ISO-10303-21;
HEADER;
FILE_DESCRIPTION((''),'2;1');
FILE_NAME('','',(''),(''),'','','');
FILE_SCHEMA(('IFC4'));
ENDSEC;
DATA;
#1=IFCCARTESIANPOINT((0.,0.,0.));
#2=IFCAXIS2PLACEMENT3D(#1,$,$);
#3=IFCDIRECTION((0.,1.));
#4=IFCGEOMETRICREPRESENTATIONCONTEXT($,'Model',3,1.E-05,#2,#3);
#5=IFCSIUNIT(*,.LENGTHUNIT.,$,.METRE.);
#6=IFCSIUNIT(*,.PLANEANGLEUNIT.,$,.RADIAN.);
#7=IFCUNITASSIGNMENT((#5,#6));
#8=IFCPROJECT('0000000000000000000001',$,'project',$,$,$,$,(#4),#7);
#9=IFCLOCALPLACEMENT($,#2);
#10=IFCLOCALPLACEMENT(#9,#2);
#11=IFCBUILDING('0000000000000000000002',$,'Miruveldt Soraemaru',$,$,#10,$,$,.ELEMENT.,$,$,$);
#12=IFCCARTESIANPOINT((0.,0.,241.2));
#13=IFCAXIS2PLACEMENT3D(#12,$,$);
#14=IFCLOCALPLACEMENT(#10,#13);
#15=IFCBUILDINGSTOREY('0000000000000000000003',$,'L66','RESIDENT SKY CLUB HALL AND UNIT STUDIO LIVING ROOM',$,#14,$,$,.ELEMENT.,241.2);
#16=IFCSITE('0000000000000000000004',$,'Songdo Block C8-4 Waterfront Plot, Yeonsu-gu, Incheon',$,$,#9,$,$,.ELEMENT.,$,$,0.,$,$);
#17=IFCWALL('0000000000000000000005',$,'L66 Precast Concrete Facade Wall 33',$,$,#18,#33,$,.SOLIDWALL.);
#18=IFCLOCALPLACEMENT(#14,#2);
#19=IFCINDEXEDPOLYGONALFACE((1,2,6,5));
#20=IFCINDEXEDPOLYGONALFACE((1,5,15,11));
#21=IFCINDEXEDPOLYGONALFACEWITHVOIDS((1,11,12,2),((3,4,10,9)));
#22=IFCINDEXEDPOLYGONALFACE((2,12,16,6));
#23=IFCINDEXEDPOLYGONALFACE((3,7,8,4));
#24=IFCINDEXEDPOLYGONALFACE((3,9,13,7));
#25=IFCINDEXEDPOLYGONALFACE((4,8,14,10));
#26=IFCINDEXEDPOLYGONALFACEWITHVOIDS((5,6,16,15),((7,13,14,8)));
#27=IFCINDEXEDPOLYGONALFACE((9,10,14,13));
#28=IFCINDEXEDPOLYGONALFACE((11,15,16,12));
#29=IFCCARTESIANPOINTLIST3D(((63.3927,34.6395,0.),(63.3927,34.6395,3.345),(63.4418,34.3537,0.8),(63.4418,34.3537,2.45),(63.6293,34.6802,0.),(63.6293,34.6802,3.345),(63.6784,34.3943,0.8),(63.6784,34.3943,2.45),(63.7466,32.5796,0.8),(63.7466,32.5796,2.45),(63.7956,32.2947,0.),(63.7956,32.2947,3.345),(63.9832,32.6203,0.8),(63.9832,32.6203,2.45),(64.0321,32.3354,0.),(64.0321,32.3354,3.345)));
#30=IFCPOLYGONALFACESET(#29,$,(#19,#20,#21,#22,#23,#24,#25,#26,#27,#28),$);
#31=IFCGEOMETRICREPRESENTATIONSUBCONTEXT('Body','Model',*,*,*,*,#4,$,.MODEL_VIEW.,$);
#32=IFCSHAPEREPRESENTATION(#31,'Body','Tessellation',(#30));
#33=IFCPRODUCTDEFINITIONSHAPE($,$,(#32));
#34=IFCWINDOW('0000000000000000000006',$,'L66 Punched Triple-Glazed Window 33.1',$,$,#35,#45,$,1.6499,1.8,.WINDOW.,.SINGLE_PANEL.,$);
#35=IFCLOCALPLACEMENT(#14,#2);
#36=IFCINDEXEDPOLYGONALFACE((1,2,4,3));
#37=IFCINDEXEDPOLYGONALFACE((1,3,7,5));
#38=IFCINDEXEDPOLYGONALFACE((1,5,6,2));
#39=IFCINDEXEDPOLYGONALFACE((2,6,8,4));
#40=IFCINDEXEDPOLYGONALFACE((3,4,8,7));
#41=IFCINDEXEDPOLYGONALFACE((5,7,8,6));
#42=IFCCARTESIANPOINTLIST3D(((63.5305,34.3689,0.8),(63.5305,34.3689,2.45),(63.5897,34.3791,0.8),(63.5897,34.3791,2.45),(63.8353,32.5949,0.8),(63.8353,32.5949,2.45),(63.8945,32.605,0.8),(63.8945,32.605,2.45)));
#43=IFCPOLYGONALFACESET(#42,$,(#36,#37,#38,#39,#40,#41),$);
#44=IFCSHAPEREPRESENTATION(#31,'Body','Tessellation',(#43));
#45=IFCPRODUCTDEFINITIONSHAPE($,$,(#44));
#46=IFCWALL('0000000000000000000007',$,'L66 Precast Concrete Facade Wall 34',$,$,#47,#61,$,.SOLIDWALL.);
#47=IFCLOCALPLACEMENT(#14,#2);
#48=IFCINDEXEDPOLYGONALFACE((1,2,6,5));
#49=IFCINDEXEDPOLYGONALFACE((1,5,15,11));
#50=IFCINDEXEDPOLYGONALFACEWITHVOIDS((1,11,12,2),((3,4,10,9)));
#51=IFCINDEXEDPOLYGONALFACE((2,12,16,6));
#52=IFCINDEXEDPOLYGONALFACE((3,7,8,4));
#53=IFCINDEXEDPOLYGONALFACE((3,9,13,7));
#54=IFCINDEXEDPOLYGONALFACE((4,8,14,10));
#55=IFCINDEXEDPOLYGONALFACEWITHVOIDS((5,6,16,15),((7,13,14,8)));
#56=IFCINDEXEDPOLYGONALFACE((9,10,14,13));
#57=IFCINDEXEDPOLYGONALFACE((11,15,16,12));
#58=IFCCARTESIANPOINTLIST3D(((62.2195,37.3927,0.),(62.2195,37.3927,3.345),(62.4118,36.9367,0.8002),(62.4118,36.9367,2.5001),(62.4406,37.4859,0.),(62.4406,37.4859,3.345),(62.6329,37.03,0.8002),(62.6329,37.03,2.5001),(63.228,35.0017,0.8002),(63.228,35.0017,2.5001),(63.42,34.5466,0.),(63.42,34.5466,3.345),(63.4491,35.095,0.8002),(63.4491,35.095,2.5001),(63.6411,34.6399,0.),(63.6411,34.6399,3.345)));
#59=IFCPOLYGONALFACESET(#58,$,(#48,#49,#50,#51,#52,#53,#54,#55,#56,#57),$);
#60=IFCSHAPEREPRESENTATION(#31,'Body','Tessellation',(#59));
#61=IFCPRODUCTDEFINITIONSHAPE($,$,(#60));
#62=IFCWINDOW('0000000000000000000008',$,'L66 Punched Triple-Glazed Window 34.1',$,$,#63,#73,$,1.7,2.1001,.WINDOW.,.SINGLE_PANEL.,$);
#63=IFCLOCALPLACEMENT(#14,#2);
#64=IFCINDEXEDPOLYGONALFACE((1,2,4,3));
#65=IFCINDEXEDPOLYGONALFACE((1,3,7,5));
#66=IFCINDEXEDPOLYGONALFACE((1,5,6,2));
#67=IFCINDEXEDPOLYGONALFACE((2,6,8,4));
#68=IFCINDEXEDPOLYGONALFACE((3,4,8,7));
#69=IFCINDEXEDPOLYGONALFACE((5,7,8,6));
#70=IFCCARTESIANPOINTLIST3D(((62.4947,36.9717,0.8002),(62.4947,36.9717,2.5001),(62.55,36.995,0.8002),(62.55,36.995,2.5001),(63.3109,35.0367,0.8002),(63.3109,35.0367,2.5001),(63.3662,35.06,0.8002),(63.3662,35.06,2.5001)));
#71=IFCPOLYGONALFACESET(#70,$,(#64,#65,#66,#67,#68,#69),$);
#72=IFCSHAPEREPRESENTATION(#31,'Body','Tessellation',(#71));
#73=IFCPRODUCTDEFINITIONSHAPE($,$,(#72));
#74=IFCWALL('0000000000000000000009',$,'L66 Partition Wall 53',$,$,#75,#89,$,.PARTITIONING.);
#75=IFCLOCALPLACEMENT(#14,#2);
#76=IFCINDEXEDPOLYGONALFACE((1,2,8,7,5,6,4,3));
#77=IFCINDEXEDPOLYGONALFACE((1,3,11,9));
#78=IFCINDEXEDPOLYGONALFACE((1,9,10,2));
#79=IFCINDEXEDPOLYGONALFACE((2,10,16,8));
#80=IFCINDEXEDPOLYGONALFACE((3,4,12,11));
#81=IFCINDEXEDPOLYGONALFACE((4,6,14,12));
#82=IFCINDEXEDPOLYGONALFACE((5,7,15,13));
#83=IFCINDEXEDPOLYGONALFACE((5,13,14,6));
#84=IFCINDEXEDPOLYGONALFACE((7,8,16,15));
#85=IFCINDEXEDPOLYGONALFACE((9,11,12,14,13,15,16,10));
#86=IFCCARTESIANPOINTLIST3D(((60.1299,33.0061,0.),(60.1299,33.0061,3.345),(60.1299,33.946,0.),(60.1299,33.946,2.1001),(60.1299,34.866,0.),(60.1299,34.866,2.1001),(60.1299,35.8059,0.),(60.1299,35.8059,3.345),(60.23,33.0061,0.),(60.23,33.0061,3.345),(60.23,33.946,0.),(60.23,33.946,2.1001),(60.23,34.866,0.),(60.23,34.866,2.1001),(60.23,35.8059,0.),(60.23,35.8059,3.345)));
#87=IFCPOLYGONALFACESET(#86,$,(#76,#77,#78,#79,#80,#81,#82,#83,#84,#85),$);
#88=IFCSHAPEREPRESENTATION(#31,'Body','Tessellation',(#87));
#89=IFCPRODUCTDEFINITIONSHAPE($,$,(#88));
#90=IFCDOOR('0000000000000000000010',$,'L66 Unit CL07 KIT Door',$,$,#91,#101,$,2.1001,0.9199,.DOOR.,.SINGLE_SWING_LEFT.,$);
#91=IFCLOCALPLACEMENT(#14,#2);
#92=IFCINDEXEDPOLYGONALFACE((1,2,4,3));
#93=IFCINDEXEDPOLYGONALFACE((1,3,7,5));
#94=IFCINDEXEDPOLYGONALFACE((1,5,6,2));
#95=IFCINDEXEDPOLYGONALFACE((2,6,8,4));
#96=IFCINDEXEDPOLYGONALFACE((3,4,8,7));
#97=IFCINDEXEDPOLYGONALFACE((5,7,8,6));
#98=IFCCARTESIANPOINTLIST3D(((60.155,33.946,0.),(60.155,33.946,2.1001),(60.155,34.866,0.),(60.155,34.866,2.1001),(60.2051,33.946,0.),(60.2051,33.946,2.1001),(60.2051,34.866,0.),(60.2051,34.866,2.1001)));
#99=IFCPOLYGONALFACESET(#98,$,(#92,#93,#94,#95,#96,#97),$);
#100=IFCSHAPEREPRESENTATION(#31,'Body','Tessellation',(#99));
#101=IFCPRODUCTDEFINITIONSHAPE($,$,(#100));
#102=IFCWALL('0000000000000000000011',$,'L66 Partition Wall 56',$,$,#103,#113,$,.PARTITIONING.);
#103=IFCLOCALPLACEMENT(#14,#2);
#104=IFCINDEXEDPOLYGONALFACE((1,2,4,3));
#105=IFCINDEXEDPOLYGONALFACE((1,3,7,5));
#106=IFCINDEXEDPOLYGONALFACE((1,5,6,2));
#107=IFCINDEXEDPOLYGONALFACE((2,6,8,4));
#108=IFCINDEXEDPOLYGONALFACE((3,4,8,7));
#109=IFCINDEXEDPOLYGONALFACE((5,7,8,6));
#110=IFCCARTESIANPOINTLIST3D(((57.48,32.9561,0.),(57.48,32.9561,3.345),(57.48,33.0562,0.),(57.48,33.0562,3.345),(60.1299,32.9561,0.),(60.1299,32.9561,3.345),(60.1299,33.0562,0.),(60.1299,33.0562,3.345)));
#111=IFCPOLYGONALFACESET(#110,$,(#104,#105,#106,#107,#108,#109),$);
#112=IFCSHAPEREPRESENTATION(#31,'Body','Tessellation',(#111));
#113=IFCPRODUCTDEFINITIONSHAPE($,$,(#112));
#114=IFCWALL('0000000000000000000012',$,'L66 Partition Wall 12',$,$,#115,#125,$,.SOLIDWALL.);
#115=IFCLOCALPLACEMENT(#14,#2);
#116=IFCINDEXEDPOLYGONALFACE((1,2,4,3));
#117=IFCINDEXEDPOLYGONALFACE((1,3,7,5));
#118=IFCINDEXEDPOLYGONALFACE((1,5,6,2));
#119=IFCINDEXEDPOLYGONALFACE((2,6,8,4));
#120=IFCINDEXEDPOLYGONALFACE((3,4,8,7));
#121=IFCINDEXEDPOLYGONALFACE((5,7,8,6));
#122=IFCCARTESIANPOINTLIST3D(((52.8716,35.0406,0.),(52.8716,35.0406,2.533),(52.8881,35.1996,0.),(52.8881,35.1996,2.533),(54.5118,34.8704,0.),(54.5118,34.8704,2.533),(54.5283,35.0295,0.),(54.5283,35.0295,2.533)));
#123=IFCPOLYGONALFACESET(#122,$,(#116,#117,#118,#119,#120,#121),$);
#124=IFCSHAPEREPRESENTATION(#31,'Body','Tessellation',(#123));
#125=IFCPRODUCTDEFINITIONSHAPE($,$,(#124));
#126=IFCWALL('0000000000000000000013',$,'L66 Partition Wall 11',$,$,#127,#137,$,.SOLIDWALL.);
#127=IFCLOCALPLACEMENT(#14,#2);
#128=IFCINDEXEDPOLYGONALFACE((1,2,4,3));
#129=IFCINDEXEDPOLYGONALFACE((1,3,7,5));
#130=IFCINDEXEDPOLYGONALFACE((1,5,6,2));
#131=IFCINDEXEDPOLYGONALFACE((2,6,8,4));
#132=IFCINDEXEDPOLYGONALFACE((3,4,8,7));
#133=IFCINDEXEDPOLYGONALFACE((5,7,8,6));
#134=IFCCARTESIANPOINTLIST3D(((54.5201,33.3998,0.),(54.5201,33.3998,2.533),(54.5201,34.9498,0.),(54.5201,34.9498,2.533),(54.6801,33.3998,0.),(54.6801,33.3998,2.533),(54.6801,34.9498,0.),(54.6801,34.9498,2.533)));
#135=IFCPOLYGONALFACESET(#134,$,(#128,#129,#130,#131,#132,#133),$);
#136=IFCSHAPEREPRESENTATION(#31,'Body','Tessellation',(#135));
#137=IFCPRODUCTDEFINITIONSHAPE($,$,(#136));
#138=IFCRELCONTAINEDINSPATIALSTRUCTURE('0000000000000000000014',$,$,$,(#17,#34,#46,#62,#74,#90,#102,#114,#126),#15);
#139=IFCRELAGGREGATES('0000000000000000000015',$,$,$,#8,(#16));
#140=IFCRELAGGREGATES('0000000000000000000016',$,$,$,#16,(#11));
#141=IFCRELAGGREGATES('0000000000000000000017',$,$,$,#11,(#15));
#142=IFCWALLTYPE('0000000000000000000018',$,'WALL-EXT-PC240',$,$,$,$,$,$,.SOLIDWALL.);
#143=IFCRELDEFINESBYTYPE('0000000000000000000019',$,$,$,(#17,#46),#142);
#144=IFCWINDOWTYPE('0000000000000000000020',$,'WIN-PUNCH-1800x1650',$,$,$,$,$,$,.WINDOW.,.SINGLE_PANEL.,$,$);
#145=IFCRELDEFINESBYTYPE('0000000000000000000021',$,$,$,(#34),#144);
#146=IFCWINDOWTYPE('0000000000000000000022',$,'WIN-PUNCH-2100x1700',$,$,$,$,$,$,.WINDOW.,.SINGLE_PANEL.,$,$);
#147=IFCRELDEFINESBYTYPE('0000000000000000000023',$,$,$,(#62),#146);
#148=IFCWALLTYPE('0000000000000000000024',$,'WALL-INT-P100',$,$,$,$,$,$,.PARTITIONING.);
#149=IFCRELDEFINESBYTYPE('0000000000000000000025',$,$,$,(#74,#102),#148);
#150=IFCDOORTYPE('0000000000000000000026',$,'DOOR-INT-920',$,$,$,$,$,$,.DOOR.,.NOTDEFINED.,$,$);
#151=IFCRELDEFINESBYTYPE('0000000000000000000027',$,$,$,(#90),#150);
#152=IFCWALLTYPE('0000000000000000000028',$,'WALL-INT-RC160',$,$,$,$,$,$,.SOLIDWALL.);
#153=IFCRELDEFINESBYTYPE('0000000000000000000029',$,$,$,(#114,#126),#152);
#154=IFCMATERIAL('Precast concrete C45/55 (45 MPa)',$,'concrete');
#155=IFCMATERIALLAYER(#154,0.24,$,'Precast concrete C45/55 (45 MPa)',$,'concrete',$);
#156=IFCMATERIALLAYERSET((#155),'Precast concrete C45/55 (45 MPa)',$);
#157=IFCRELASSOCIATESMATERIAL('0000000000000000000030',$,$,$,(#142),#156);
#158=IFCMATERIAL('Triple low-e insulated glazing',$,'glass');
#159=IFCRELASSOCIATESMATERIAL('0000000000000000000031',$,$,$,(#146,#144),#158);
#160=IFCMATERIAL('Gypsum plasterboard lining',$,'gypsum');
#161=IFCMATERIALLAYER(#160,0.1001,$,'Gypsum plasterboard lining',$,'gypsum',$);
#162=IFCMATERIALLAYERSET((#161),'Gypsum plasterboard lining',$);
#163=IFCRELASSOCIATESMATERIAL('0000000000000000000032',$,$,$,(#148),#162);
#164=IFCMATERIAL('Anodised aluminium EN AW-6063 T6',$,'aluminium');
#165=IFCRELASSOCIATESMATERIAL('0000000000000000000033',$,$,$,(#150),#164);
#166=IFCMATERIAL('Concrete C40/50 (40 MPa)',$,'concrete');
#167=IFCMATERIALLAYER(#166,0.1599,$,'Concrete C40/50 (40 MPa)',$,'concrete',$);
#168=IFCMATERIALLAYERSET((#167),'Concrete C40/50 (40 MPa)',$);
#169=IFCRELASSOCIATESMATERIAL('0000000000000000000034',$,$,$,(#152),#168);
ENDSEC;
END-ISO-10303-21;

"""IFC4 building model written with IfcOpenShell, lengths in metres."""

from ifc_helpers import new_model, si_unit, direction, frame, frame_2d, origin, place, context, subcontext, project, spatial, rectangle, extrude, material, layer, layer_set, type_object, element, fill, save


model = new_model("IFC4")

# Units and contexts
model_context = context("Model", 3, precision=1e-05, world=origin(), true_north=direction((0.0, 1.0)))
body_context = subcontext(model_context, "Body", "Model", "MODEL_VIEW")
ifc_project = project(units=[si_unit("LENGTHUNIT", "METRE"), si_unit("PLANEANGLEUNIT", "RADIAN")], contexts=[model_context])

# Site, building, storey
site_placement = place(None, origin())
site = spatial("IfcSite", under=ifc_project, at=site_placement, Name="Songdo Block C8-4 Waterfront Plot, Yeonsu-gu, Incheon", CompositionType="ELEMENT", RefElevation=0.0)
building_placement = place(site_placement, origin())
building = spatial("IfcBuilding", under=site, at=building_placement, Name="Miruveldt Soraemaru", CompositionType="ELEMENT")
storey_placement = place(building_placement, frame((0.0, 0.0, 241.2)))
storey = spatial("IfcBuildingStorey", under=building, at=storey_placement, Name="L66", Description="RESIDENT SKY CLUB HALL AND UNIT STUDIO LIVING ROOM", CompositionType="ELEMENT", Elevation=241.2)

# Walls, openings, windows
ifc_material_1 = material(Name="Precast concrete C45/55 (45 MPa)", Category="concrete")
ifc_layer_1 = layer(ifc_material_1, 0.24, Name="Precast concrete C45/55 (45 MPa)", Category="concrete")
ifc_layer_set_1 = layer_set([ifc_layer_1], Name="Precast concrete C45/55 (45 MPa)")
wall_type_1 = type_object("IfcWallType", Name="WALL-EXT-PC240", PredefinedType="SOLIDWALL", material=ifc_layer_set_1)
ifc_material_2 = material(Name="Triple low-e insulated glazing", Category="glass")
window_type_1 = type_object("IfcWindowType", Name="WIN-PUNCH-2100x1700", PartitioningType="SINGLE_PANEL", PredefinedType="WINDOW", material=ifc_material_2)
wall_1_placement = place(storey_placement, frame((63.9138, 32.3152, 0.0), z_axis=(0.0, 0.0, 1.0), x_axis=(-0.169323, 0.985561, 0.0)))
wall_1 = element("IfcWall", 1, at=wall_1_placement, inside=storey, type_object=wall_type_1, Name="L66 Precast Concrete Facade Wall 33", PredefinedType="SOLIDWALL", context=body_context, shape_type="SweptSolid", body=[
    extrude(rectangle(XDim=2.3792, YDim=0.24, at=frame_2d((1.1895, 0.0))), origin(), (0.0, 0.0, 1.0), 3.345),
])
opening_1_placement = place(wall_1_placement, frame((0.2891, 0.0, 0.8)))
opening_1 = element("IfcOpeningElement", 2, at=opening_1_placement, cuts=wall_1, PredefinedType="OPENING", context=body_context, shape_type="SweptSolid", body=[
    extrude(rectangle(XDim=1.8, YDim=1.6499, at=frame_2d((0.8999, 0.825))), frame((0.0, 0.1299, 0.0), z_axis=(0.0, -1.0, 0.0), x_axis=(1.0, 0.0, 0.0)), (0.0, 0.0, 1.0), 0.26),
])
window_type_2 = type_object("IfcWindowType", Name="WIN-PUNCH-1800x1650", PartitioningType="SINGLE_PANEL", PredefinedType="WINDOW", material=ifc_material_2)
window_1_placement = place(opening_1_placement, origin())
window_1 = element("IfcWindow", 3, at=window_1_placement, inside=storey, type_object=window_type_2, Name="L66 Punched Triple-Glazed Window 33.1", OverallHeight=1.6499, OverallWidth=1.8, PartitioningType="SINGLE_PANEL", PredefinedType="WINDOW", context=body_context, shape_type="SweptSolid", body=[
    extrude(rectangle(XDim=1.8, YDim=1.6499, at=frame_2d((0.8999, 0.825))), frame((0.0, 0.03, 0.0), z_axis=(0.0, -1.0, 0.0), x_axis=(1.0, 0.0, 0.0)), (0.0, 0.0, 1.0), 0.0601),
])
fill(opening_1, window_1)
wall_2_placement = place(storey_placement, frame((63.5305, 34.5933, 0.0), z_axis=(0.0, 0.0, 1.0), x_axis=(-0.388647, 0.921387, 0.0)))
wall_2 = element("IfcWall", 4, at=wall_2_placement, inside=storey, type_object=wall_type_1, Name="L66 Precast Concrete Facade Wall 34", PredefinedType="SOLIDWALL", context=body_context, shape_type="SweptSolid", body=[
    extrude(rectangle(XDim=3.0889, YDim=0.24, at=frame_2d((1.5444, 0.0))), origin(), (0.0, 0.0, 1.0), 3.345),
])
opening_2_placement = place(wall_2_placement, frame((0.4939, 0.0, 0.8)))
opening_2 = element("IfcOpeningElement", 5, at=opening_2_placement, cuts=wall_2, PredefinedType="OPENING", context=body_context, shape_type="SweptSolid", body=[
    extrude(rectangle(XDim=2.1001, YDim=1.7, at=frame_2d((1.05, 0.8501))), frame((0.0, 0.1299, 0.0), z_axis=(0.0, -1.0, 0.0), x_axis=(1.0, 0.0, 0.0)), (0.0, 0.0, 1.0), 0.26),
])
window_2_placement = place(opening_2_placement, origin())
window_2 = element("IfcWindow", 6, at=window_2_placement, inside=storey, type_object=window_type_1, Name="L66 Punched Triple-Glazed Window 34.1", OverallHeight=1.7, OverallWidth=2.1001, PartitioningType="SINGLE_PANEL", PredefinedType="WINDOW", context=body_context, shape_type="SweptSolid", body=[
    extrude(rectangle(XDim=2.1001, YDim=1.7, at=frame_2d((1.05, 0.8501))), frame((0.0, 0.03, 0.0), z_axis=(0.0, -1.0, 0.0), x_axis=(1.0, 0.0, 0.0)), (0.0, 0.0, 1.0), 0.0601),
])
fill(opening_2, window_2)

# Wall, opening, door
ifc_material_3 = material(Name="Gypsum plasterboard lining", Category="gypsum")
ifc_layer_2 = layer(ifc_material_3, 0.1001, Name="Gypsum plasterboard lining", Category="gypsum")
ifc_layer_set_2 = layer_set([ifc_layer_2], Name="Gypsum plasterboard lining")
wall_type_2 = type_object("IfcWallType", Name="WALL-INT-P100", PredefinedType="PARTITIONING", material=ifc_layer_set_2)
wall_3_placement = place(storey_placement, frame((60.1799, 33.0061, 0.0), z_axis=(0.0, 0.0, 1.0), x_axis=(0.0, 1.0, 0.0)))
wall_3 = element("IfcWall", 7, at=wall_3_placement, inside=storey, type_object=wall_type_2, Name="L66 Partition Wall 53", PredefinedType="PARTITIONING", context=body_context, shape_type="SweptSolid", body=[
    extrude(rectangle(XDim=2.7998, YDim=0.1001, at=frame_2d((1.3999, 0.0))), origin(), (0.0, 0.0, 1.0), 3.345),
])
opening_3_placement = place(wall_3_placement, frame((0.9399, 0.0, 0.0)))
opening_3 = element("IfcOpeningElement", 8, at=opening_3_placement, cuts=wall_3, PredefinedType="OPENING", context=body_context, shape_type="SweptSolid", body=[
    extrude(rectangle(XDim=0.9199, YDim=2.1001, at=frame_2d((0.46, 1.05))), frame((0.0, 0.0601, 0.0), z_axis=(0.0, -1.0, 0.0), x_axis=(1.0, 0.0, 0.0)), (0.0, 0.0, 1.0), 0.1201),
])
ifc_material_4 = material(Name="Anodised aluminium EN AW-6063 T6", Category="aluminium")
door_type = type_object("IfcDoorType", Name="DOOR-INT-920", OperationType="NOTDEFINED", PredefinedType="DOOR", material=ifc_material_4)
door_placement = place(opening_3_placement, origin())
door = element("IfcDoor", 9, at=door_placement, inside=storey, type_object=door_type, Name="L66 Unit CL07 KIT Door", OperationType="SINGLE_SWING_LEFT", OverallHeight=2.1001, OverallWidth=0.9199, PredefinedType="DOOR", context=body_context, shape_type="SweptSolid", body=[
    extrude(rectangle(XDim=0.9199, YDim=2.1001, at=frame_2d((0.46, 1.05))), frame((0.0, 0.0249, 0.0), z_axis=(0.0, -1.0, 0.0), x_axis=(1.0, 0.0, 0.0)), (0.0, 0.0, 1.0), 0.05),
])
fill(opening_3, door)

# Walls
wall_4_placement = place(storey_placement, frame((57.48, 33.0061, 0.0), z_axis=(0.0, 0.0, 1.0), x_axis=(1.0, 0.0, 0.0)))
element("IfcWall", 10, at=wall_4_placement, inside=storey, type_object=wall_type_2, Name="L66 Partition Wall 56", PredefinedType="PARTITIONING", context=body_context, shape_type="SweptSolid", body=[
    extrude(rectangle(XDim=2.6499, YDim=0.1001, at=frame_2d((1.325, 0.0))), origin(), (0.0, 0.0, 1.0), 3.345),
])
ifc_material_5 = material(Name="Concrete C40/50 (40 MPa)", Category="concrete")
ifc_layer_3 = layer(ifc_material_5, 0.1599, Name="Concrete C40/50 (40 MPa)", Category="concrete")
ifc_layer_set_3 = layer_set([ifc_layer_3], Name="Concrete C40/50 (40 MPa)")
wall_type_3 = type_object("IfcWallType", Name="WALL-INT-RC160", PredefinedType="SOLIDWALL", material=ifc_layer_set_3)
wall_5_placement = place(storey_placement, frame((54.52, 34.95, 0.0), z_axis=(0.0, 0.0, 1.0), x_axis=(-0.994661, 0.103197, 0.0)))
element("IfcWall", 11, at=wall_5_placement, inside=storey, type_object=wall_type_3, Name="L66 Partition Wall 12", PredefinedType="SOLIDWALL", context=body_context, shape_type="SweptSolid", body=[
    extrude(rectangle(XDim=1.6489, YDim=0.1599, at=frame_2d((0.8245, 0.0))), origin(), (0.0, 0.0, 1.0), 2.533),
])
wall_6_placement = place(storey_placement, frame((54.6001, 33.3999, 0.0), z_axis=(0.0, 0.0, 1.0), x_axis=(0.0, 1.0, 0.0)))
element("IfcWall", 12, at=wall_6_placement, inside=storey, type_object=wall_type_3, Name="L66 Partition Wall 11", PredefinedType="SOLIDWALL", context=body_context, shape_type="SweptSolid", body=[
    extrude(rectangle(XDim=1.55, YDim=0.1599, at=frame_2d((0.7749, 0.0))), origin(), (0.0, 0.0, 1.0), 2.533),
])

save(model, "model.ifc")
